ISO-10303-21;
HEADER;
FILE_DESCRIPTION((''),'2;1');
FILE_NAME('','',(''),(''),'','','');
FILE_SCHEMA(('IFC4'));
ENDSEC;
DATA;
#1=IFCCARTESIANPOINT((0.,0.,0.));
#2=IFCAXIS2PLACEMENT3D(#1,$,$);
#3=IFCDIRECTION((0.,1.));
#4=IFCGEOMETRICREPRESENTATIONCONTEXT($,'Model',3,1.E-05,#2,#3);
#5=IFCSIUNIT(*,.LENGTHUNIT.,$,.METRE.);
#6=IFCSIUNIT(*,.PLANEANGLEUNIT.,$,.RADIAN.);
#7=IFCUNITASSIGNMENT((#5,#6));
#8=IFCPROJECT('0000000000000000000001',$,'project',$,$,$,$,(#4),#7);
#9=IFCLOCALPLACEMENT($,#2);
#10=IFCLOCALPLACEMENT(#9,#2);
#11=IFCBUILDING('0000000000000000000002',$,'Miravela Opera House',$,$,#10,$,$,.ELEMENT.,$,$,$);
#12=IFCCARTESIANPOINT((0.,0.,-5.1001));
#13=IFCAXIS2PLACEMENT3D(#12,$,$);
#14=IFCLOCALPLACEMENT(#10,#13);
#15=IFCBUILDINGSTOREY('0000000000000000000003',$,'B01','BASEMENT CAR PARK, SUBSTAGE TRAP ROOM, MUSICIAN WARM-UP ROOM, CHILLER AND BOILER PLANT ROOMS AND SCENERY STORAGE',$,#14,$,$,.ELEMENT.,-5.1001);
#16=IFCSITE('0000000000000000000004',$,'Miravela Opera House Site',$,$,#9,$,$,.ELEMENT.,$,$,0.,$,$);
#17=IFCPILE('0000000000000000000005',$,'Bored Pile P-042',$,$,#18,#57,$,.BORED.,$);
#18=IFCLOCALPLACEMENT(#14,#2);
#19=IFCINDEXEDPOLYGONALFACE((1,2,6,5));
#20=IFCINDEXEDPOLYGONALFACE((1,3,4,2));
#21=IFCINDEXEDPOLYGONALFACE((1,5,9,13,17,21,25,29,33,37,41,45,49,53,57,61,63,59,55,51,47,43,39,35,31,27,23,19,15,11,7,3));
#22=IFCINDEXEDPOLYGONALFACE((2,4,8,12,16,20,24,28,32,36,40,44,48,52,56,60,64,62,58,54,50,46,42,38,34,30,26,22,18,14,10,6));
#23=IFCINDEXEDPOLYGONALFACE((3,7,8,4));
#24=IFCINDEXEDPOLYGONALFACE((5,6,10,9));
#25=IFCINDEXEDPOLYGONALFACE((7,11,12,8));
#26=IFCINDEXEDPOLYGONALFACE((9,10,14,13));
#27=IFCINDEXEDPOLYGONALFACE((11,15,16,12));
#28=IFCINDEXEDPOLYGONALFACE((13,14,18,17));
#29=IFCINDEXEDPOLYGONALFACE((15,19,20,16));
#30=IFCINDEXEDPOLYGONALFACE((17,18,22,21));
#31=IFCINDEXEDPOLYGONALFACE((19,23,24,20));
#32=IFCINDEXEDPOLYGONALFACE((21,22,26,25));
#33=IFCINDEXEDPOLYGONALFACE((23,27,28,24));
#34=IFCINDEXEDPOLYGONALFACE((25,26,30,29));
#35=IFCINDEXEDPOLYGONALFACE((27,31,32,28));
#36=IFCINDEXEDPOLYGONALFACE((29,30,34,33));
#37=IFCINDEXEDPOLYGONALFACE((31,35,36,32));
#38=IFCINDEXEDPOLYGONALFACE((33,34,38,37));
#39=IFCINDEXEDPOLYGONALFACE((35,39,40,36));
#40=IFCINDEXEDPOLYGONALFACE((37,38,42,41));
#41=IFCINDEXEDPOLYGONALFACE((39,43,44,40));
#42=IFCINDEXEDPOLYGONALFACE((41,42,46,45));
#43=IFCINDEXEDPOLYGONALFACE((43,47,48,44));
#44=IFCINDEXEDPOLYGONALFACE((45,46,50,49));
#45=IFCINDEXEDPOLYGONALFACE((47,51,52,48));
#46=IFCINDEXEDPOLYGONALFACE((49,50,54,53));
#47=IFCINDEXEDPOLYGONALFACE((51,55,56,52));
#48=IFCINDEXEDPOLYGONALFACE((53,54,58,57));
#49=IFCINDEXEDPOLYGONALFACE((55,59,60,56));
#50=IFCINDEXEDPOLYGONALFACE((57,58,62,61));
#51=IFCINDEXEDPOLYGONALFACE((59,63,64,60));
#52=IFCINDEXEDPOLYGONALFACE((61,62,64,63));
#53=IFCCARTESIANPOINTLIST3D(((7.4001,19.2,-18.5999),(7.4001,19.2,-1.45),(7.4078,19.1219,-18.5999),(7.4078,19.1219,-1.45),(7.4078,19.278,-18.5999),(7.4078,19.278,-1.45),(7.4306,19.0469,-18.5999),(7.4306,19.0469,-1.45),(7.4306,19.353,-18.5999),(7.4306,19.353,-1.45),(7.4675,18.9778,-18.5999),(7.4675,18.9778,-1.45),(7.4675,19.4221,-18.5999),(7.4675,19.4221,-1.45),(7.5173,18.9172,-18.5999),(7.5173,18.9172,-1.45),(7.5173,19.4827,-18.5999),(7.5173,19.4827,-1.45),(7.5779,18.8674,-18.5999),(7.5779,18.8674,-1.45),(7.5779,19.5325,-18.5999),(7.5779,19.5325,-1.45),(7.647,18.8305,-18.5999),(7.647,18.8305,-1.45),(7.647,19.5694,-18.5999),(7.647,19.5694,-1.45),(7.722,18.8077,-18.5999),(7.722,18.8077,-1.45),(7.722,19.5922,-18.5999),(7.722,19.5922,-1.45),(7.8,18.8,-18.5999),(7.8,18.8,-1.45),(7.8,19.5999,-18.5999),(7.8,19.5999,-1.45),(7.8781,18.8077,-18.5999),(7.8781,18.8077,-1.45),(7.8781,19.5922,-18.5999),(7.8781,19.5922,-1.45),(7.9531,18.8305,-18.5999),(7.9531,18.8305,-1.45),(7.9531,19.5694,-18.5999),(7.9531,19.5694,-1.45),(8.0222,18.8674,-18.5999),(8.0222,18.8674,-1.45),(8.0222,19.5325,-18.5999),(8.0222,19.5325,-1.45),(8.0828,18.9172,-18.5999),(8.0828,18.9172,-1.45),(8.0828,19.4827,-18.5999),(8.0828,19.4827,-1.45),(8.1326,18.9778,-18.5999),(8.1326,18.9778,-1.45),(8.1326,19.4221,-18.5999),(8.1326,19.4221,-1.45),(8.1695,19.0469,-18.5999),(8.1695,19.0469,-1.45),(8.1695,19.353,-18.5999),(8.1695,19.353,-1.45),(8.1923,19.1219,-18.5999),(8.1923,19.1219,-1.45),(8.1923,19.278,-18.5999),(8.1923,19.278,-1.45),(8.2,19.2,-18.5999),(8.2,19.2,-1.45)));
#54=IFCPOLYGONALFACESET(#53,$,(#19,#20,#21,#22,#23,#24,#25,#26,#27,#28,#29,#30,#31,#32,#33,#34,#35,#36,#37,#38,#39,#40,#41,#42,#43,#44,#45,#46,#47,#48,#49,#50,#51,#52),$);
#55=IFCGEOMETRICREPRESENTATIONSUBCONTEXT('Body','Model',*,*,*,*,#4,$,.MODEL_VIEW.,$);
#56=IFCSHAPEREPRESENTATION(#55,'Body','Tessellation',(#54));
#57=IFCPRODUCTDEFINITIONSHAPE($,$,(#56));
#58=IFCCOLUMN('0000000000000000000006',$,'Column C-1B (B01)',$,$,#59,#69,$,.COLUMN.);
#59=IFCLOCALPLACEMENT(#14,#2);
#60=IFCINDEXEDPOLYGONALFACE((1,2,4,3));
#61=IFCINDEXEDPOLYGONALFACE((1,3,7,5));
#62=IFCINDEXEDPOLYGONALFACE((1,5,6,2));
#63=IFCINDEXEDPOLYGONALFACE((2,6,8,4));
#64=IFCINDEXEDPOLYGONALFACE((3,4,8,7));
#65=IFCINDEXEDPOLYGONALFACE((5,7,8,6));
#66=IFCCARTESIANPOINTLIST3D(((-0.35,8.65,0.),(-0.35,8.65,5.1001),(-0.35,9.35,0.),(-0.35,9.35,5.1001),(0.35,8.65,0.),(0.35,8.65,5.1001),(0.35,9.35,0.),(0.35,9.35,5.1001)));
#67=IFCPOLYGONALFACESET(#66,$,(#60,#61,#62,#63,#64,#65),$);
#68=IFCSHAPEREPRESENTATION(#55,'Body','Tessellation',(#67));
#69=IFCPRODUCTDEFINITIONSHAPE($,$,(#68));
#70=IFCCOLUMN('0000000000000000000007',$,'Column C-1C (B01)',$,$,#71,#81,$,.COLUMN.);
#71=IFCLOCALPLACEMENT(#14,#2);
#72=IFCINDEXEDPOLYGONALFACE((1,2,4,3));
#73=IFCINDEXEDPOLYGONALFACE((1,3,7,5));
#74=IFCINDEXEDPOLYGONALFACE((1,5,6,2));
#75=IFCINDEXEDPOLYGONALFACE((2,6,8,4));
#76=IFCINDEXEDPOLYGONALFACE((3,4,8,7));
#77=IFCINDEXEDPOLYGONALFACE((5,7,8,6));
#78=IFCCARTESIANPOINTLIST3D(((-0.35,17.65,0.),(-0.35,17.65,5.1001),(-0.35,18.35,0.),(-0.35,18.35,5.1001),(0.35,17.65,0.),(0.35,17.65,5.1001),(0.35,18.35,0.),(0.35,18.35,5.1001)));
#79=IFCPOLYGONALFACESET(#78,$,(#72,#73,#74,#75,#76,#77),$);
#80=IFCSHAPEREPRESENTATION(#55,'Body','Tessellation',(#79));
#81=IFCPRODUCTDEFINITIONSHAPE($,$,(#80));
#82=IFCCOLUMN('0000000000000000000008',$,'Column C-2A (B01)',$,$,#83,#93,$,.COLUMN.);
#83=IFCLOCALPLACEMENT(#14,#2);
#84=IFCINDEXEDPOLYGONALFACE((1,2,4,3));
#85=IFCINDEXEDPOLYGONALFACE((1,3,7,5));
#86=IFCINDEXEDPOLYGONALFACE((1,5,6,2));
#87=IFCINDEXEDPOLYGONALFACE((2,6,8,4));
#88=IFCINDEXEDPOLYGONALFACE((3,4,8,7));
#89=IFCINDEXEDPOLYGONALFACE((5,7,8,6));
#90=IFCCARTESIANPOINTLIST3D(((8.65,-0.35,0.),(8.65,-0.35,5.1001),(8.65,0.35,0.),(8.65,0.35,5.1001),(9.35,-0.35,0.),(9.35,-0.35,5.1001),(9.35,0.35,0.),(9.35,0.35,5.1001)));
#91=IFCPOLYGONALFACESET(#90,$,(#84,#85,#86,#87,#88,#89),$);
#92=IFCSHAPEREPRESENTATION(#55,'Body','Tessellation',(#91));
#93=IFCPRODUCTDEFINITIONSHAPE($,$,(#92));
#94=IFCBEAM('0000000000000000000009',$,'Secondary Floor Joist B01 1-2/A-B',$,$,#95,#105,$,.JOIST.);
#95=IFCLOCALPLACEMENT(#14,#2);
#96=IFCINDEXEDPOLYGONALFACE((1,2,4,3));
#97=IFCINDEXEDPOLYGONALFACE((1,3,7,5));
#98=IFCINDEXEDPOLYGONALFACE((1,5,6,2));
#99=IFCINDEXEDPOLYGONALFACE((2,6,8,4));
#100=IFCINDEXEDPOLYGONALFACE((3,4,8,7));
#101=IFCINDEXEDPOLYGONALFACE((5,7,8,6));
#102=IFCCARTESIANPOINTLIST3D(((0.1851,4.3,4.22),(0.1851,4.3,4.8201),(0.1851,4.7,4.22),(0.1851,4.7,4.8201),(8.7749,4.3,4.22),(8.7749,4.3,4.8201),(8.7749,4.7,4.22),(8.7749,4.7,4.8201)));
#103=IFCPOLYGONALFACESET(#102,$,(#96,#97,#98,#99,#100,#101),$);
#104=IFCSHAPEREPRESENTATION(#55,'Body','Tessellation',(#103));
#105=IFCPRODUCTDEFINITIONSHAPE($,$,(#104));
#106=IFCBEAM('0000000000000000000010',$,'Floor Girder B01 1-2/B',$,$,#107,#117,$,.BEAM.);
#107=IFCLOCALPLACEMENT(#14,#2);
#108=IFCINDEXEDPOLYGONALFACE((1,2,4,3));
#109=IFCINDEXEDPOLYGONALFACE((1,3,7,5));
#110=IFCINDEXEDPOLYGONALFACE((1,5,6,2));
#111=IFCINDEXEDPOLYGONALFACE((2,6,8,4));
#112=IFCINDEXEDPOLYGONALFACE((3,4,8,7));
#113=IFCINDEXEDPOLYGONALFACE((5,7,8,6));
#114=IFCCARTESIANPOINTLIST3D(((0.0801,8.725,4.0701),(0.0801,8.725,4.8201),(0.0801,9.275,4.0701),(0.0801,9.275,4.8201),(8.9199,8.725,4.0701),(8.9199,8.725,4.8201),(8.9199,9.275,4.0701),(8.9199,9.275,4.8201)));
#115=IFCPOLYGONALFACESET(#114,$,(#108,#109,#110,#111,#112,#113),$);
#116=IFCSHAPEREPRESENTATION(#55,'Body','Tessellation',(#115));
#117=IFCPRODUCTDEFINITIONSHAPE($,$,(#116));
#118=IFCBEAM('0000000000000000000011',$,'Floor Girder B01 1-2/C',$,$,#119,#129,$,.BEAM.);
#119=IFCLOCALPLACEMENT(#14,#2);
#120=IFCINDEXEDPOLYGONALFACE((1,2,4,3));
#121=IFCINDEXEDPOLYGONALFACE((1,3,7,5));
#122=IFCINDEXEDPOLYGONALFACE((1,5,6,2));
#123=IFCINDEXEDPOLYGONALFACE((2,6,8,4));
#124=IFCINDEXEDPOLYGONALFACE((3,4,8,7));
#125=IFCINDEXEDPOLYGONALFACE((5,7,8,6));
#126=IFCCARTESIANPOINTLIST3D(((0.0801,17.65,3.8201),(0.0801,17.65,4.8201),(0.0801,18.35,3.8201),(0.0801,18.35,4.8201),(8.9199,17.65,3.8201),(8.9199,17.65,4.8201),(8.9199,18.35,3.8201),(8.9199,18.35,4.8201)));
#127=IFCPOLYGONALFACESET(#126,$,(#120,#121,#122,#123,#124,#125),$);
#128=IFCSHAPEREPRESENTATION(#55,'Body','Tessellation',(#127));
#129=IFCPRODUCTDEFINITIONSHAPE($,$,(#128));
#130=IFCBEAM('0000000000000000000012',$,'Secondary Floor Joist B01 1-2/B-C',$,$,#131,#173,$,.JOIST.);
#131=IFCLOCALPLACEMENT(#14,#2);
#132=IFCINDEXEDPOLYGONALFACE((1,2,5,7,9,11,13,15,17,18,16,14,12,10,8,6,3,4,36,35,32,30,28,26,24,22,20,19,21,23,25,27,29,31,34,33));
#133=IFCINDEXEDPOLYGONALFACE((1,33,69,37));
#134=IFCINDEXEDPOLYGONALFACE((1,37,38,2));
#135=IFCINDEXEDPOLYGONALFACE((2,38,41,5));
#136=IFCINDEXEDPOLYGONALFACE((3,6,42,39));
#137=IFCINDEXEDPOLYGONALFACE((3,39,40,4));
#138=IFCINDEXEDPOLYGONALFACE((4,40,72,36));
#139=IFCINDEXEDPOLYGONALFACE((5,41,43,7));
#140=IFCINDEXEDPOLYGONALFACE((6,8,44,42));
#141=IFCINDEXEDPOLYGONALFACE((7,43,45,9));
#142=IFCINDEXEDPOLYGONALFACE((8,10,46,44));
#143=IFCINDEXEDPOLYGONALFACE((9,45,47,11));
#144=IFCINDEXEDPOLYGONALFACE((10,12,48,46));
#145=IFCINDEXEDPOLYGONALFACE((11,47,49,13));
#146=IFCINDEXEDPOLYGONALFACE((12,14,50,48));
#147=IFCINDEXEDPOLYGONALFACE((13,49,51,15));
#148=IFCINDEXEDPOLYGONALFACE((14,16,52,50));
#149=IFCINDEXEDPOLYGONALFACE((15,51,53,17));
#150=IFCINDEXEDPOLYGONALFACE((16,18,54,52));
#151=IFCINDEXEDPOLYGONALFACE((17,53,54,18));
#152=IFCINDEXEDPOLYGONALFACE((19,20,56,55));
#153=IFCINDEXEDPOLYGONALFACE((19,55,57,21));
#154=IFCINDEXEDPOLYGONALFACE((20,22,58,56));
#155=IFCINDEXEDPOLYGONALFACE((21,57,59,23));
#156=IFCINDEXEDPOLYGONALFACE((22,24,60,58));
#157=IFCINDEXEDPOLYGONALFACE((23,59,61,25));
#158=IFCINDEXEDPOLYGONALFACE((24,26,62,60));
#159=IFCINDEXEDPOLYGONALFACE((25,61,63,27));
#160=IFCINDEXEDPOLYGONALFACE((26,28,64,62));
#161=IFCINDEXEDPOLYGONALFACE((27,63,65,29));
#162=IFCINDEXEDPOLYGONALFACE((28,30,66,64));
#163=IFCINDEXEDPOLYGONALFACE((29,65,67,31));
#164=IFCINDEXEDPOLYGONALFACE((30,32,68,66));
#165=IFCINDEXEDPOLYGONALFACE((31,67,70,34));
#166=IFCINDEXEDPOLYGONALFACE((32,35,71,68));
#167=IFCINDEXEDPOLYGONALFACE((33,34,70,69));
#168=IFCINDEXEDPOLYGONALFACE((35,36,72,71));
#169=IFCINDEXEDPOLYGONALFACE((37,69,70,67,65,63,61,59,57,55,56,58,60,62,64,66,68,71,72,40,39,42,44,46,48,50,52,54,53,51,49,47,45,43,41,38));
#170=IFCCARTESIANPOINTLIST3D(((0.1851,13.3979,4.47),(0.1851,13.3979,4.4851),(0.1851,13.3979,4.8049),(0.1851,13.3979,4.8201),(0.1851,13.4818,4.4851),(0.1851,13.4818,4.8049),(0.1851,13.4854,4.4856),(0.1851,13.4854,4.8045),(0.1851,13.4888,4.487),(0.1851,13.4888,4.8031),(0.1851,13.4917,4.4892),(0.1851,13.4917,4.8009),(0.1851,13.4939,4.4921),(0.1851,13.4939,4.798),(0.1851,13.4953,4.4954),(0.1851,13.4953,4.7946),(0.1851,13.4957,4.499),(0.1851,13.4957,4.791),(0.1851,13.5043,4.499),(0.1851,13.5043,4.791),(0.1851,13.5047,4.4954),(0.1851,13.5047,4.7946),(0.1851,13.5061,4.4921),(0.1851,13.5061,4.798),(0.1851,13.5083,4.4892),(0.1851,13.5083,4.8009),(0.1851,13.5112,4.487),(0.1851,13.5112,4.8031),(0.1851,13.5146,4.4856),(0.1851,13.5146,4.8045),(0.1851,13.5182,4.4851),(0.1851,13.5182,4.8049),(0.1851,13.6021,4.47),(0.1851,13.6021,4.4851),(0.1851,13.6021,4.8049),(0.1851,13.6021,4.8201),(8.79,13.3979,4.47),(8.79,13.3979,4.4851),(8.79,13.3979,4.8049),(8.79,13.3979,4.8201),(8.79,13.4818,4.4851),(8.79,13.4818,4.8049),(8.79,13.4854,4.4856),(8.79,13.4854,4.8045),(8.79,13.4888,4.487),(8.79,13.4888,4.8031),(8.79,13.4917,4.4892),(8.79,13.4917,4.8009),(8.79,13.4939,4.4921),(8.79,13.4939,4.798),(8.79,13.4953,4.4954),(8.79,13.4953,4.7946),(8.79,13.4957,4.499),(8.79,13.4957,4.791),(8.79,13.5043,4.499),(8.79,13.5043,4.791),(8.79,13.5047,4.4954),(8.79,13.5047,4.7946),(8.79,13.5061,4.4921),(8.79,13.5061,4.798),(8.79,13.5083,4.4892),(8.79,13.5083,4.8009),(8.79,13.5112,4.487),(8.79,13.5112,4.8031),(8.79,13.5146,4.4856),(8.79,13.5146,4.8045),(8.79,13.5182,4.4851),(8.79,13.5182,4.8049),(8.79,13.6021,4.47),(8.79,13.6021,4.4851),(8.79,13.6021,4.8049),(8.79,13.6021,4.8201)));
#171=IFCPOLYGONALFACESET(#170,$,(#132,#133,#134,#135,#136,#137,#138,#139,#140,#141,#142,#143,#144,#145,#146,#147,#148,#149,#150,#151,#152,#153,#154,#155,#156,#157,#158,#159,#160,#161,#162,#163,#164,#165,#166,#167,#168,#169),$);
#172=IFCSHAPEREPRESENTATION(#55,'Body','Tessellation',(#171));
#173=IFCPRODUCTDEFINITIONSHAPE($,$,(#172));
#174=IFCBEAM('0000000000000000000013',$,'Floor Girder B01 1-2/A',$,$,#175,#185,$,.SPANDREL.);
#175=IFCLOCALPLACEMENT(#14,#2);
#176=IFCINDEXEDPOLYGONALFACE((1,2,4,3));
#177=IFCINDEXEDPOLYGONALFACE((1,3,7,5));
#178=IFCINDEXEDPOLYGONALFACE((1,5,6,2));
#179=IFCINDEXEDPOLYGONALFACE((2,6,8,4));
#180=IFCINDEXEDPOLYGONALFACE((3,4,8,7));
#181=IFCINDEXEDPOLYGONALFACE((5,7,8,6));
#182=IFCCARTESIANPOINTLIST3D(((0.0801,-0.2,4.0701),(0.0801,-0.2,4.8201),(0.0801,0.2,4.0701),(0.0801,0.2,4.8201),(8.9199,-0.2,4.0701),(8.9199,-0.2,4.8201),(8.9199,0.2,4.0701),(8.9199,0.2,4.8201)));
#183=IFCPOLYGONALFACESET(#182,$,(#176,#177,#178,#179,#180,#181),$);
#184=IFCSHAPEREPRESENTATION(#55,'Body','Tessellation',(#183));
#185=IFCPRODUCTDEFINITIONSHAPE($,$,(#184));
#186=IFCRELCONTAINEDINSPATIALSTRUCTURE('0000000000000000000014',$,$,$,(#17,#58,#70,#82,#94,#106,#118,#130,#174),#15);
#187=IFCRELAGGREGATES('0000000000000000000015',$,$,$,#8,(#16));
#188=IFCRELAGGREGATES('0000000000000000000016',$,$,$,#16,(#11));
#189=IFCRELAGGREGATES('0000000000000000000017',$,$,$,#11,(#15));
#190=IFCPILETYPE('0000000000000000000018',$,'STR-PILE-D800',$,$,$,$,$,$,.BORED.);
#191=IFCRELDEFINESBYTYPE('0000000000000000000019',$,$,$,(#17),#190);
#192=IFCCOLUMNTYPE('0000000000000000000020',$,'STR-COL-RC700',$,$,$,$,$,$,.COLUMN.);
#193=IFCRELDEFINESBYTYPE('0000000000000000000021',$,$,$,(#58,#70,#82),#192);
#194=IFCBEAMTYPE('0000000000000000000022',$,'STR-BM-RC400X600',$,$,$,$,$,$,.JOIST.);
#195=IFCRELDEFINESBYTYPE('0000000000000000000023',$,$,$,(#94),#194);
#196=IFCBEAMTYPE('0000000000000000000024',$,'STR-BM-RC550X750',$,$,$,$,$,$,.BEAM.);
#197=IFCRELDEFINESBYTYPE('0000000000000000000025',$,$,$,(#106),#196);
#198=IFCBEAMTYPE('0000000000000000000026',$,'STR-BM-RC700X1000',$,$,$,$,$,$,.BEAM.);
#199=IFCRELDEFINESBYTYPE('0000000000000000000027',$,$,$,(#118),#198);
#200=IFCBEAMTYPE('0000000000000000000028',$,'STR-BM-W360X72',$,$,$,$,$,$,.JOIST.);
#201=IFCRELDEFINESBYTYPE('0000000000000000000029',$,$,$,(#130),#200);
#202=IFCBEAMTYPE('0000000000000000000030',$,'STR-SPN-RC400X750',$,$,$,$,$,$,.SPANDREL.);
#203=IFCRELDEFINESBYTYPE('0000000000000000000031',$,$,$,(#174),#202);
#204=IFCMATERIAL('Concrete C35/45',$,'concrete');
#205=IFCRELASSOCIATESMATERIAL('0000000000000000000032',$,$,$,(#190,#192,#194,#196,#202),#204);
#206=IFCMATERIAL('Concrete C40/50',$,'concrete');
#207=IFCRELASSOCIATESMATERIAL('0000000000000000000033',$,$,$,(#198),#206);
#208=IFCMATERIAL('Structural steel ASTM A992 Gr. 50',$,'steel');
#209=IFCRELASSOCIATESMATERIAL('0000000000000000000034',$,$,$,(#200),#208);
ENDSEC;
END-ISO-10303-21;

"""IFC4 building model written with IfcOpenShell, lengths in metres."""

from ifc_helpers import new_model, si_unit, direction, frame, origin, origin_2d, place, context, subcontext, project, spatial, rectangle, circle, i_section, extrude, material, material_profile, profile_set, type_object, element, save


model = new_model("IFC4")

# Units and contexts
model_context = context("Model", 3, precision=1e-05, world=origin(), true_north=direction((0.0, 1.0)))
body_context = subcontext(model_context, "Body", "Model", "MODEL_VIEW")
ifc_project = project(units=[si_unit("LENGTHUNIT", "METRE"), si_unit("PLANEANGLEUNIT", "RADIAN")], contexts=[model_context])

# Site, building, storey
site_placement = place(None, origin())
site = spatial("IfcSite", under=ifc_project, at=site_placement, Name="Miravela Opera House Site", CompositionType="ELEMENT", RefElevation=0.0)
building_placement = place(site_placement, origin())
building = spatial("IfcBuilding", under=site, at=building_placement, Name="Miravela Opera House", CompositionType="ELEMENT")
storey_placement = place(building_placement, frame((0.0, 0.0, -5.1001)))
storey = spatial("IfcBuildingStorey", under=building, at=storey_placement, Name="B01", Description="BASEMENT CAR PARK, SUBSTAGE TRAP ROOM, MUSICIAN WARM-UP ROOM, CHILLER AND BOILER PLANT ROOMS AND SCENERY STORAGE", CompositionType="ELEMENT", Elevation=-5.1001)

# Shared definitions
ifc_material_1 = material(Name="Concrete C35/45", Category="concrete")

# Pile
ifc_material_profile_1 = material_profile(ifc_material_1, circle(Radius=0.3999, at=origin_2d()), Name="PILE-D800")
ifc_profile_set_1 = profile_set([ifc_material_profile_1])
pile_type = type_object("IfcPileType", Name="STR-PILE-D800", PredefinedType="BORED", material=ifc_profile_set_1)
for number, where, z_axis, x_axis, name in (
    (1, (7.8, 19.2, -1.45), (0.0, 0.0, -1.0), (1.0, 0.0, 0.0), "Bored Pile P-042"),
):
    element("IfcPile", number, at=place(storey_placement, frame(where, z_axis=z_axis, x_axis=x_axis)), inside=storey, type_object=pile_type, Name=name, PredefinedType="BORED", context=body_context, shape_type="SweptSolid", body=[
        extrude(circle(Radius=0.3999, at=origin_2d()), origin(), (0.0, 0.0, 1.0), 17.1499),
    ])

# Columns
ifc_material_profile_2 = material_profile(ifc_material_1, rectangle(XDim=0.7, YDim=0.7, at=origin_2d()), Name="RC-COL-700X700")
ifc_profile_set_2 = profile_set([ifc_material_profile_2])
column_type = type_object("IfcColumnType", Name="STR-COL-RC700", PredefinedType="COLUMN", material=ifc_profile_set_2)
for number, where, z_axis, x_axis, name in (
    (2, (0.0, 9.0, 0.0), (0.0, 0.0, 1.0), (1.0, 0.0, 0.0), "Column C-1B (B01)"),
    (3, (0.0, 18.0, 0.0), (0.0, 0.0, 1.0), (1.0, 0.0, 0.0), "Column C-1C (B01)"),
    (4, (9.0, 0.0, 0.0), (0.0, 0.0, 1.0), (1.0, 0.0, 0.0), "Column C-2A (B01)"),
):
    element("IfcColumn", number, at=place(storey_placement, frame(where, z_axis=z_axis, x_axis=x_axis)), inside=storey, type_object=column_type, Name=name, PredefinedType="COLUMN", context=body_context, shape_type="SweptSolid", body=[
        extrude(rectangle(XDim=0.7, YDim=0.7, at=origin_2d()), origin(), (0.0, 0.0, 1.0), 5.1001),
    ])

# Beams
ifc_material_profile_3 = material_profile(ifc_material_1, rectangle(XDim=0.3999, YDim=0.6001, at=origin_2d()), Name="RC-BM-400X600")
ifc_profile_set_3 = profile_set([ifc_material_profile_3])
beam_type_1 = type_object("IfcBeamType", Name="STR-BM-RC400X600", PredefinedType="JOIST", material=ifc_profile_set_3)
beam_1_placement = place(storey_placement, frame((0.1851, 4.5, 4.52), z_axis=(1.0, 0.0, 0.0), x_axis=(0.0, 1.0, 0.0)))
element("IfcBeam", 5, at=beam_1_placement, inside=storey, type_object=beam_type_1, Name="Secondary Floor Joist B01 1-2/A-B", PredefinedType="JOIST", context=body_context, shape_type="SweptSolid", body=[
    extrude(rectangle(XDim=0.3999, YDim=0.6001, at=origin_2d()), origin(), (0.0, 0.0, 1.0), 8.5898),
])
ifc_material_profile_4 = material_profile(ifc_material_1, rectangle(XDim=0.55, YDim=0.75, at=origin_2d()), Name="RC-BM-550X750")
ifc_profile_set_4 = profile_set([ifc_material_profile_4])
beam_type_2 = type_object("IfcBeamType", Name="STR-BM-RC550X750", PredefinedType="BEAM", material=ifc_profile_set_4)
beam_2_placement = place(storey_placement, frame((0.0801, 9.0, 4.4451), z_axis=(1.0, 0.0, 0.0), x_axis=(0.0, 1.0, 0.0)))
element("IfcBeam", 6, at=beam_2_placement, inside=storey, type_object=beam_type_2, Name="Floor Girder B01 1-2/B", PredefinedType="BEAM", context=body_context, shape_type="SweptSolid", body=[
    extrude(rectangle(XDim=0.55, YDim=0.75, at=origin_2d()), origin(), (0.0, 0.0, 1.0), 8.8398),
])
ifc_material_2 = material(Name="Concrete C40/50", Category="concrete")
ifc_material_profile_5 = material_profile(ifc_material_2, rectangle(XDim=0.7, YDim=1.0, at=origin_2d()), Name="RC-BM-700X1000")
ifc_profile_set_5 = profile_set([ifc_material_profile_5])
beam_type_3 = type_object("IfcBeamType", Name="STR-BM-RC700X1000", PredefinedType="BEAM", material=ifc_profile_set_5)
beam_3_placement = place(storey_placement, frame((0.0801, 18.0, 4.3201), z_axis=(1.0, 0.0, 0.0), x_axis=(0.0, 1.0, 0.0)))
element("IfcBeam", 7, at=beam_3_placement, inside=storey, type_object=beam_type_3, Name="Floor Girder B01 1-2/C", PredefinedType="BEAM", context=body_context, shape_type="SweptSolid", body=[
    extrude(rectangle(XDim=0.7, YDim=1.0, at=origin_2d()), origin(), (0.0, 0.0, 1.0), 8.8398),
])
ifc_material_3 = material(Name="Structural steel ASTM A992 Gr. 50", Category="steel")
ifc_material_profile_6 = material_profile(ifc_material_3, i_section(OverallWidth=0.2041, OverallDepth=0.3501, WebThickness=0.0085, FlangeThickness=0.0151, FilletRadius=0.0139, at=origin_2d()), Name="W360X72")
ifc_profile_set_6 = profile_set([ifc_material_profile_6])
beam_type_4 = type_object("IfcBeamType", Name="STR-BM-W360X72", PredefinedType="JOIST", material=ifc_profile_set_6)
beam_4_placement = place(storey_placement, frame((0.1851, 13.5, 4.645), z_axis=(1.0, 0.0, 0.0), x_axis=(0.0, 1.0, 0.0)))
element("IfcBeam", 8, at=beam_4_placement, inside=storey, type_object=beam_type_4, Name="Secondary Floor Joist B01 1-2/B-C", PredefinedType="JOIST", context=body_context, shape_type="SweptSolid", body=[
    extrude(i_section(OverallWidth=0.2041, OverallDepth=0.3501, WebThickness=0.0085, FlangeThickness=0.0151, FilletRadius=0.0139, at=origin_2d()), origin(), (0.0, 0.0, 1.0), 8.605),
])
ifc_material_profile_7 = material_profile(ifc_material_1, rectangle(XDim=0.3999, YDim=0.75, at=origin_2d()), Name="RC-SPN-400X750")
ifc_profile_set_7 = profile_set([ifc_material_profile_7])
beam_type_5 = type_object("IfcBeamType", Name="STR-SPN-RC400X750", PredefinedType="SPANDREL", material=ifc_profile_set_7)
for number, where, z_axis, x_axis, name in (
    (9, (0.0801, 0.0, 4.4451), (1.0, 0.0, 0.0), (0.0, 1.0, 0.0), "Floor Girder B01 1-2/A"),
):
    element("IfcBeam", number, at=place(storey_placement, frame(where, z_axis=z_axis, x_axis=x_axis)), inside=storey, type_object=beam_type_5, Name=name, PredefinedType="SPANDREL", context=body_context, shape_type="SweptSolid", body=[
        extrude(rectangle(XDim=0.3999, YDim=0.75, at=origin_2d()), origin(), (0.0, 0.0, 1.0), 8.8398),
    ])

save(model, "model.ifc")
